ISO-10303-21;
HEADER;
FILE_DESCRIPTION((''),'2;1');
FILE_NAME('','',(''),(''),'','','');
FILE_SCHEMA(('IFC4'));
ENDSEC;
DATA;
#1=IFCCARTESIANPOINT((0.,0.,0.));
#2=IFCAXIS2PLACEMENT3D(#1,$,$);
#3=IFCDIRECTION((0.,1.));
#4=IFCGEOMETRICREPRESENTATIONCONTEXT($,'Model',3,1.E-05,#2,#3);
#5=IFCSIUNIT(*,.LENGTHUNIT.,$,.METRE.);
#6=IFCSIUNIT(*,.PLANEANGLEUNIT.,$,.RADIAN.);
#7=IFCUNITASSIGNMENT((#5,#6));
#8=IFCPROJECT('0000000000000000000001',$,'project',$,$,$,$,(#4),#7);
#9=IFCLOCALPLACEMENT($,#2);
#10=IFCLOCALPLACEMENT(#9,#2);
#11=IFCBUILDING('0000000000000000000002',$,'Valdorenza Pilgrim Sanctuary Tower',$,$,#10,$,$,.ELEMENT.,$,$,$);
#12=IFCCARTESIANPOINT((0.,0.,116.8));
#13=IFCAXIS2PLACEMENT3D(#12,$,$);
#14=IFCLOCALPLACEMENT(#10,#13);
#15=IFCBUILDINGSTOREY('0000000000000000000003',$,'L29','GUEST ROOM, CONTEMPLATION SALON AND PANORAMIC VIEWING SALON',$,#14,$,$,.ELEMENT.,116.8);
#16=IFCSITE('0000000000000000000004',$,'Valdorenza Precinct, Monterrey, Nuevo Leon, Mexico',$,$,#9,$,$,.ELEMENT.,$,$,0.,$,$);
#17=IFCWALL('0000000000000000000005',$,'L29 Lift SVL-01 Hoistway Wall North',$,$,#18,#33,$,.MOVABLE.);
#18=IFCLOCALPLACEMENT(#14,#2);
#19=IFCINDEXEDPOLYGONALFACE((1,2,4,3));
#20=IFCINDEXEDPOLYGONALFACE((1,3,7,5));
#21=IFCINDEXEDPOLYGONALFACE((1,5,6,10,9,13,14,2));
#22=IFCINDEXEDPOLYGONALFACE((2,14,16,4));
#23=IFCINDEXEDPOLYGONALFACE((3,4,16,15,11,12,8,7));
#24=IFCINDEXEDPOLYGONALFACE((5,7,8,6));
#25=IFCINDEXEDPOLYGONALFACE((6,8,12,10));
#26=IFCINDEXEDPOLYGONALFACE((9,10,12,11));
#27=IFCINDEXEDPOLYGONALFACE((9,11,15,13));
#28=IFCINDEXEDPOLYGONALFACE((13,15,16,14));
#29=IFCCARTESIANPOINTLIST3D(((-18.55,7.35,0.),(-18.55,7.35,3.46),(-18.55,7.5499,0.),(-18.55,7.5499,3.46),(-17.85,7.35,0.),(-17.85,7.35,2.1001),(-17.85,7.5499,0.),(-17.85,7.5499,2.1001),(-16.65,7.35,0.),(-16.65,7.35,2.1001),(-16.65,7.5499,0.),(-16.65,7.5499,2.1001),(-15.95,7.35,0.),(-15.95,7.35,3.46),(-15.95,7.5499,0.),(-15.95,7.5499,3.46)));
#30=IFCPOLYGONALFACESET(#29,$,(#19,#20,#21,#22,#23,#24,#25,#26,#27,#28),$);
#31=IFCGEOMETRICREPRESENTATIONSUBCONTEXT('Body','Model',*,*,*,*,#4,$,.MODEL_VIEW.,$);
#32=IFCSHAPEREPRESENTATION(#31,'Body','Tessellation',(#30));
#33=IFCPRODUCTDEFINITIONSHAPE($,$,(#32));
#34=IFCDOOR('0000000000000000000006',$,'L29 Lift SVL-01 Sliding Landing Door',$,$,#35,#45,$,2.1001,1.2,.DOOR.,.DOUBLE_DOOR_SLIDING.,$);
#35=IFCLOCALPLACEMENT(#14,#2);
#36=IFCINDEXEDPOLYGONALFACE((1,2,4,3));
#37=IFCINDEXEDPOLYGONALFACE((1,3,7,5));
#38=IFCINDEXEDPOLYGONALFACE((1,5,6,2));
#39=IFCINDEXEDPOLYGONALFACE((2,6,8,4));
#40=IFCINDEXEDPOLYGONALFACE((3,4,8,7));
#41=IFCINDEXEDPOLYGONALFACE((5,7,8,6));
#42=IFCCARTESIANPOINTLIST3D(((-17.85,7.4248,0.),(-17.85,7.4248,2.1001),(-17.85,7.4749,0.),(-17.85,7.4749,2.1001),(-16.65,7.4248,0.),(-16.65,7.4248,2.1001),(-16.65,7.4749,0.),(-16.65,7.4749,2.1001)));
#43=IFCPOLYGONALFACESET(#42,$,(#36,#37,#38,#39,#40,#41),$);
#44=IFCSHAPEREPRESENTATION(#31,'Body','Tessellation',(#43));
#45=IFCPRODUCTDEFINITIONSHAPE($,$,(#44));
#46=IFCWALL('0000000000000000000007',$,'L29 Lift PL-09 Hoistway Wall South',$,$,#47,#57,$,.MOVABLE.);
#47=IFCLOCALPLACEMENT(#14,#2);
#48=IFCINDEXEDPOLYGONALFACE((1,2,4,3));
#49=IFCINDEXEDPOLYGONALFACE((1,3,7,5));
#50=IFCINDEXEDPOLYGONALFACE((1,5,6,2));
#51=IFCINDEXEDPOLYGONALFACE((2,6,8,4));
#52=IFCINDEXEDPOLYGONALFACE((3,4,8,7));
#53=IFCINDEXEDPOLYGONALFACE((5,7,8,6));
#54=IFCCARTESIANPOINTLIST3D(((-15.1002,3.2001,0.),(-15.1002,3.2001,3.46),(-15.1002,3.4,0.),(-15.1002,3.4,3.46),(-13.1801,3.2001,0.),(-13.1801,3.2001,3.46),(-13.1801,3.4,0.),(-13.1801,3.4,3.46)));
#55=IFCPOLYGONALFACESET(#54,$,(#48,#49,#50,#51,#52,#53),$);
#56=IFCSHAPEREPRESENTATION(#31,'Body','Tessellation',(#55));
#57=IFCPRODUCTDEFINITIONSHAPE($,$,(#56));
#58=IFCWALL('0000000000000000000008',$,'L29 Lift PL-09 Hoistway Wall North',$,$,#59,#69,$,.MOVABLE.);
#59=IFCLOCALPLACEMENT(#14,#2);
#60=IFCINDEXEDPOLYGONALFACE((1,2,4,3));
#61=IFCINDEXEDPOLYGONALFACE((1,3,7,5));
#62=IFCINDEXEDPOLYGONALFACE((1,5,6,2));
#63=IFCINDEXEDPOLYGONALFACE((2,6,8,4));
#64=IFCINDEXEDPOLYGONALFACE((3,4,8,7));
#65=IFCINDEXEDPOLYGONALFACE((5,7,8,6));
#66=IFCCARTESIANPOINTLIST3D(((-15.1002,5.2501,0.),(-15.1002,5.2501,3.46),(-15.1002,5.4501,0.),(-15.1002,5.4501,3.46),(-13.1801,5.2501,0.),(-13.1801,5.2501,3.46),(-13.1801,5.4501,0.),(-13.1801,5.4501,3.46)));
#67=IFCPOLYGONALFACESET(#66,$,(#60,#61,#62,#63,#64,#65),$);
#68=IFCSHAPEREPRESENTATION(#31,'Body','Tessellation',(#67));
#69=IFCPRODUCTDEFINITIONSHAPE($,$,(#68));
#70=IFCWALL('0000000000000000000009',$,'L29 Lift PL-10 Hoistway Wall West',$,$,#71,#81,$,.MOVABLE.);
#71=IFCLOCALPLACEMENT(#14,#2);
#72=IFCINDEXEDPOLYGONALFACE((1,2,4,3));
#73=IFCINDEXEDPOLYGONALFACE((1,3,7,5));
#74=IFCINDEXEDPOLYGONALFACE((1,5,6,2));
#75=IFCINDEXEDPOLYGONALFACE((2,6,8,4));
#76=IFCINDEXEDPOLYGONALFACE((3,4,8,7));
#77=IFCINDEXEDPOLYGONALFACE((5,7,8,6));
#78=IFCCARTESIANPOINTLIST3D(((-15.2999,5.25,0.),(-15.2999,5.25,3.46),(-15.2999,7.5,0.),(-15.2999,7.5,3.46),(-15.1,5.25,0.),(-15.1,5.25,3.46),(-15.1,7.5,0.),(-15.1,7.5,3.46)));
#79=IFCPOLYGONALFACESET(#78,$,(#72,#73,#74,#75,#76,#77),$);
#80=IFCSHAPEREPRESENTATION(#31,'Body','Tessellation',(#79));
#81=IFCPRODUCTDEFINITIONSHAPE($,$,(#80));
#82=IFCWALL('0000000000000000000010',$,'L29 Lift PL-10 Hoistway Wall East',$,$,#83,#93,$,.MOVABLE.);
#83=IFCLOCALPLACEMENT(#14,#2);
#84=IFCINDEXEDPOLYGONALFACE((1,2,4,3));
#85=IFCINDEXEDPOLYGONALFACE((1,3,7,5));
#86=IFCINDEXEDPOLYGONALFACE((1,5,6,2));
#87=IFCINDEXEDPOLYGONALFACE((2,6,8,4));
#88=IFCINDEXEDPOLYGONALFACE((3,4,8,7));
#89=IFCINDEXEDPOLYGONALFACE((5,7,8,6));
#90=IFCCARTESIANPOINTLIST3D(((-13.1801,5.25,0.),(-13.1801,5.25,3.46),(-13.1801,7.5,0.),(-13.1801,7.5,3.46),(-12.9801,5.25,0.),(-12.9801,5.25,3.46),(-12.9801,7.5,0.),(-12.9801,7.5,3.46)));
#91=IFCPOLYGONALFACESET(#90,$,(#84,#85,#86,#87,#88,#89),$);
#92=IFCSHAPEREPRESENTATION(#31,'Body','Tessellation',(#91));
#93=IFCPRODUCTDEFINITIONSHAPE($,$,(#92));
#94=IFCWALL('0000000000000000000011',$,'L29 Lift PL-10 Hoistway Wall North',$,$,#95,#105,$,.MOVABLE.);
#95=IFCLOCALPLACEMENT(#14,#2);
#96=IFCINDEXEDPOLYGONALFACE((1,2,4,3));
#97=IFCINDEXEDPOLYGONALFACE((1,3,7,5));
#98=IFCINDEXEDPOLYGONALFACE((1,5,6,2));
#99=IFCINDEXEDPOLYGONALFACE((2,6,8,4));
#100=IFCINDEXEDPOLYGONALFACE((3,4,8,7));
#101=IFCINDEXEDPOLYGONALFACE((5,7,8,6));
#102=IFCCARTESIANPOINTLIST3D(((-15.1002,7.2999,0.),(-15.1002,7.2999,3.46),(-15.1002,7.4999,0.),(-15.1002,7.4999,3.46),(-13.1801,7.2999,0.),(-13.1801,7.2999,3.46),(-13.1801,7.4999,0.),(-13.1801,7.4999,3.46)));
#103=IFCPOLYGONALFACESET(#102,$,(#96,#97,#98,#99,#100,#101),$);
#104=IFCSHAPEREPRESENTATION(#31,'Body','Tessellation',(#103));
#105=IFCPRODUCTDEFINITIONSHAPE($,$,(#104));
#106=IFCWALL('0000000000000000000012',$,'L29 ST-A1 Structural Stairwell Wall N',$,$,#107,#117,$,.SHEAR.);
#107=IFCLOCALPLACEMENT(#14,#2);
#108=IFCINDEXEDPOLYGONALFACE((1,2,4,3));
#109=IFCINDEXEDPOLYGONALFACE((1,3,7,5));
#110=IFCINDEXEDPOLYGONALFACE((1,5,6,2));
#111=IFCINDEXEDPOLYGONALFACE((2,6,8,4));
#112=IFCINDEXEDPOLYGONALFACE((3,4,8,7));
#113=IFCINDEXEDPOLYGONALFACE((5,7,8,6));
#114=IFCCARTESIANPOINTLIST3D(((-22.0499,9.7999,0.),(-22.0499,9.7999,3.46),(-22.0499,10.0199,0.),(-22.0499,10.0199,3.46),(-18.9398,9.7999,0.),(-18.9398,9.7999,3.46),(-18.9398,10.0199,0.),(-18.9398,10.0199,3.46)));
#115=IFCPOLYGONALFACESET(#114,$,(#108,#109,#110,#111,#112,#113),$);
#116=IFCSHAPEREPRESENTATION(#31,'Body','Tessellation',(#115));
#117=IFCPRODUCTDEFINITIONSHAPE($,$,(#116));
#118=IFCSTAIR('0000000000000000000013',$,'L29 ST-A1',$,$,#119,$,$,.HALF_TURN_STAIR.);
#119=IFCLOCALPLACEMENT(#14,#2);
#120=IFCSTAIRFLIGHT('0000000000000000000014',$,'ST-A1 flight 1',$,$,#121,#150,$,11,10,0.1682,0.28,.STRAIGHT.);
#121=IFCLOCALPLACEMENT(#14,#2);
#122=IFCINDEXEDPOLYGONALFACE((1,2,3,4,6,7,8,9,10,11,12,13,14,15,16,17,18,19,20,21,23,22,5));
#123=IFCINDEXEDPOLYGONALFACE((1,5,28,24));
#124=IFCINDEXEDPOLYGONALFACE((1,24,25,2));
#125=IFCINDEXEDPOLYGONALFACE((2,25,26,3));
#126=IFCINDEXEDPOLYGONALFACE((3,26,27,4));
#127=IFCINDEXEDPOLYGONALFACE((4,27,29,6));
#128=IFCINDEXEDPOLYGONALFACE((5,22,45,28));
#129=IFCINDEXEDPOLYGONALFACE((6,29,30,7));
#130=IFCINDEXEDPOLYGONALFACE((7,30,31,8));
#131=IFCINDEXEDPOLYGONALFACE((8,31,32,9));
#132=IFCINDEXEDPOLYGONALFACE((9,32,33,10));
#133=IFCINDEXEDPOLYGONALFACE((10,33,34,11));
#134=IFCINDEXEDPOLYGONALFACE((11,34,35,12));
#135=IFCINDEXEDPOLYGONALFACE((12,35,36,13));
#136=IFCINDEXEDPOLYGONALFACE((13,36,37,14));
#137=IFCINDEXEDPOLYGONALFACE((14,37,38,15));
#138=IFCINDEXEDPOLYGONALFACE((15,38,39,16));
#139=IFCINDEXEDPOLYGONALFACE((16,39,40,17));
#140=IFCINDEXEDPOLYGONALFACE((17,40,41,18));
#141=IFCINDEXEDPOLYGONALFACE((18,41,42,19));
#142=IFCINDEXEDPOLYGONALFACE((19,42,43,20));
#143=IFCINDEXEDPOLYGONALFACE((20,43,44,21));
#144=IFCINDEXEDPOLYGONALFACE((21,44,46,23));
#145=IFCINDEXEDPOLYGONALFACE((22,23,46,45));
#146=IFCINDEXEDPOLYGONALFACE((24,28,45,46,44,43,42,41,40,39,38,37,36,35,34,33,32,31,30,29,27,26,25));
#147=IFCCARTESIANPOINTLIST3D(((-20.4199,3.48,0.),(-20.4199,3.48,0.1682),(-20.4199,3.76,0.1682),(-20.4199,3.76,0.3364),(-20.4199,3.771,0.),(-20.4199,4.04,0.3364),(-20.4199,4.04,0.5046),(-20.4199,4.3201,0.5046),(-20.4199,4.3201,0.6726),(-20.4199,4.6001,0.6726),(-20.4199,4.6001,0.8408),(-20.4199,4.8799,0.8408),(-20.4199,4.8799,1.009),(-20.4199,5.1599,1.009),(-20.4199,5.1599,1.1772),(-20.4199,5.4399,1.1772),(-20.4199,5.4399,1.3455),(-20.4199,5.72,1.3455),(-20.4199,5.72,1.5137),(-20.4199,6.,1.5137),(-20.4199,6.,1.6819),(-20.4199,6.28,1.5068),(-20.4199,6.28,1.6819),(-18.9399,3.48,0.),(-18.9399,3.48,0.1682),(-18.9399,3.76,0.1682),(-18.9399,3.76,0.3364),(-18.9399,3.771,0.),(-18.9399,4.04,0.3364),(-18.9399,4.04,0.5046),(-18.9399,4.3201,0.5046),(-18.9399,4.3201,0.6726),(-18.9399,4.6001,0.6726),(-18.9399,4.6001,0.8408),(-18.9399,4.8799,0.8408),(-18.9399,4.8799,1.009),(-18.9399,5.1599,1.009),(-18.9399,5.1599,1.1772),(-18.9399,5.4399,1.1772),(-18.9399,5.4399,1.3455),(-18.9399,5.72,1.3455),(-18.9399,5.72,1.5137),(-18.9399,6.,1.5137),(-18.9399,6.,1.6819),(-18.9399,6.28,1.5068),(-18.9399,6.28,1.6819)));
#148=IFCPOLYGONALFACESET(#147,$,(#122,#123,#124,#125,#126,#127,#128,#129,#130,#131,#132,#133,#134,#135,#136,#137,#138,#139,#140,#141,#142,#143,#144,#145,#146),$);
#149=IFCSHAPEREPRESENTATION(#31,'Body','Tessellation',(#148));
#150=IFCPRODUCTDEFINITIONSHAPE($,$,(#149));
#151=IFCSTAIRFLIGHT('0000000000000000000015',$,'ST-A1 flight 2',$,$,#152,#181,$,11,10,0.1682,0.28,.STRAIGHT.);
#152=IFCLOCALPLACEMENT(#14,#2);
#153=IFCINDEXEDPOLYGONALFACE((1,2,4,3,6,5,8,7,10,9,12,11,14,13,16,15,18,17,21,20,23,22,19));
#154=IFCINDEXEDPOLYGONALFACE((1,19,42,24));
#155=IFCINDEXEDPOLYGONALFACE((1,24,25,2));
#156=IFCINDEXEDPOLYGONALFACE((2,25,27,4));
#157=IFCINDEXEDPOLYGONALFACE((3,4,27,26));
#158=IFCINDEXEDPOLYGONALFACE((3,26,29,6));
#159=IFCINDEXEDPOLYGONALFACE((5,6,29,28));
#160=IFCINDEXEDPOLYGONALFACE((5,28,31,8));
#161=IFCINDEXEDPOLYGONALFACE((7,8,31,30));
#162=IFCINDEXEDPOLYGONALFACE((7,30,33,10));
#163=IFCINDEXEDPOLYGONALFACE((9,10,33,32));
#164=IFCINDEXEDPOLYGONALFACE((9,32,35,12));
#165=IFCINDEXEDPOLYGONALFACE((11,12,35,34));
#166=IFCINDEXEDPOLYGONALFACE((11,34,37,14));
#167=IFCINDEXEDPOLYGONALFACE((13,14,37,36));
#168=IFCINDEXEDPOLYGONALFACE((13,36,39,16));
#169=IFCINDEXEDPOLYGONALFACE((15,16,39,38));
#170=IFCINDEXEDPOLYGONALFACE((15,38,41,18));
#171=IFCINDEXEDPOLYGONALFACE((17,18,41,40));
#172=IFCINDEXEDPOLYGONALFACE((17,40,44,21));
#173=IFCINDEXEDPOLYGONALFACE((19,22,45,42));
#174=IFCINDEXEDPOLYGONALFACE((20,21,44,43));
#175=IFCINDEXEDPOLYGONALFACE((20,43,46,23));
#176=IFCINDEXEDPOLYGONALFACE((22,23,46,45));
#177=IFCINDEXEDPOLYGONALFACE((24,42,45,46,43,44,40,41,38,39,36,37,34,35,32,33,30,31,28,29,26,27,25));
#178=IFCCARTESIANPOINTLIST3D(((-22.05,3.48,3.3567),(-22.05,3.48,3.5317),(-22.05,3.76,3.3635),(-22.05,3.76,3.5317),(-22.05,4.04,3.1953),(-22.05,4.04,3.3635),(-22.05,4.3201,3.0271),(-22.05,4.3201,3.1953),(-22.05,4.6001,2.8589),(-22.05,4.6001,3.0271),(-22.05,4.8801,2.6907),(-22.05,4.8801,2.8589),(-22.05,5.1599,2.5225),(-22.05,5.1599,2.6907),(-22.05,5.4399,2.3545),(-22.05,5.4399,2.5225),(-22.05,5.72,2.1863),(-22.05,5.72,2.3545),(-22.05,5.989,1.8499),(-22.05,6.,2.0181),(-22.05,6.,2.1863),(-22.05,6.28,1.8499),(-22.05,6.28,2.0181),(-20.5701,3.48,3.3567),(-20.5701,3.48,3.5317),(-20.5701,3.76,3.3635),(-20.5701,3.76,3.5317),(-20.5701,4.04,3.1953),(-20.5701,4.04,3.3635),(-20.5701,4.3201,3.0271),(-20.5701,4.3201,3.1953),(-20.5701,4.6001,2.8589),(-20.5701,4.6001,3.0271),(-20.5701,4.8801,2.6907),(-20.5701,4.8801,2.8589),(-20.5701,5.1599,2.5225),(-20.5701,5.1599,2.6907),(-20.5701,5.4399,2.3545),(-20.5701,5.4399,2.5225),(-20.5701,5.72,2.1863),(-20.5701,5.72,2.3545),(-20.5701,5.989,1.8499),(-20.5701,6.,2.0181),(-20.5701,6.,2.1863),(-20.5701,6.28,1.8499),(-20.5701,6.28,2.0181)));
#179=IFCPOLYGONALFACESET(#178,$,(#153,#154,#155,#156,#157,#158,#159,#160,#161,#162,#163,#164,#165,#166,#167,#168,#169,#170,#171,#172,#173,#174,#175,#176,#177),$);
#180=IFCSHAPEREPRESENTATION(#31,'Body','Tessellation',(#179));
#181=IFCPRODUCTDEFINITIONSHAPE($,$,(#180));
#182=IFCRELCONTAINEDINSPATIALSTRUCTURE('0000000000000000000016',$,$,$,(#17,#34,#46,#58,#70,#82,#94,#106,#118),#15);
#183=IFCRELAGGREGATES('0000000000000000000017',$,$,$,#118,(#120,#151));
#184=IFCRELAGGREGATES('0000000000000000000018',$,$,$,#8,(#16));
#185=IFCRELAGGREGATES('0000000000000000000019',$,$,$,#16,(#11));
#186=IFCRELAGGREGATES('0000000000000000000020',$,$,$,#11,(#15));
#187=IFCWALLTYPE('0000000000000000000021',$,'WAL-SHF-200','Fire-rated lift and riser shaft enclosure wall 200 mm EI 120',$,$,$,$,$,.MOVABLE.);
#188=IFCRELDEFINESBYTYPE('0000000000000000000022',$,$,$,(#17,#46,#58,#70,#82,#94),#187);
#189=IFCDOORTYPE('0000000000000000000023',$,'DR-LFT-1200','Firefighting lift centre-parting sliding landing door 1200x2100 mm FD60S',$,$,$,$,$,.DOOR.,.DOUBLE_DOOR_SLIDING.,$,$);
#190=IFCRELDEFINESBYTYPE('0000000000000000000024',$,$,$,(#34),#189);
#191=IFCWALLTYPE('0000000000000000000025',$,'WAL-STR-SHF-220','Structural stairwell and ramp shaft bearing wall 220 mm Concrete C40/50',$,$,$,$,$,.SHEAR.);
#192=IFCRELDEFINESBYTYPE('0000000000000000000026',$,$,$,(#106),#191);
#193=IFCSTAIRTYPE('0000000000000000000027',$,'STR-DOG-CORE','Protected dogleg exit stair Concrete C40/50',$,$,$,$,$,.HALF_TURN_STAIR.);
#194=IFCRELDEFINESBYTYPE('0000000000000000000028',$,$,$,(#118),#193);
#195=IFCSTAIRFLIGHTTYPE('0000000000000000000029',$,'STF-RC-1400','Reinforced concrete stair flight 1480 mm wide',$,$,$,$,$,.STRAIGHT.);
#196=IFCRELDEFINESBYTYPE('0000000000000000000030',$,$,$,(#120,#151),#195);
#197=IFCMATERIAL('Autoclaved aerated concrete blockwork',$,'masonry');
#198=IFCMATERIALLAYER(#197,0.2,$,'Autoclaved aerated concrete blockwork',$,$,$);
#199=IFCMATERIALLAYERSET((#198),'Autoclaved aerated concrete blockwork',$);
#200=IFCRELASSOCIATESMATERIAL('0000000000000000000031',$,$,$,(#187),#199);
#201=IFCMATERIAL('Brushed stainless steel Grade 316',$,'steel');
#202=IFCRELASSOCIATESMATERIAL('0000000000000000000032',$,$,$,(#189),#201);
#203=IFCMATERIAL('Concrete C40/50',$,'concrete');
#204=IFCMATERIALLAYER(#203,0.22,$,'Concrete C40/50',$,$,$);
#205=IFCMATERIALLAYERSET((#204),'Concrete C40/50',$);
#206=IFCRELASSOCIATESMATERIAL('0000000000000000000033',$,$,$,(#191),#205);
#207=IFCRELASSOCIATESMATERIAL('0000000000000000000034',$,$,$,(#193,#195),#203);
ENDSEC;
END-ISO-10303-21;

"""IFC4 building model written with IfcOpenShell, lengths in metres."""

from ifc_helpers import new_model, si_unit, direction, frame, frame_2d, origin, place, context, subcontext, project, spatial, polyline, rectangle, outline, extrude, material, layer, layer_set, type_object, element, fill, aggregate, save


model = new_model("IFC4")

# Units and contexts
model_context = context("Model", 3, precision=1e-05, world=origin(), true_north=direction((0.0, 1.0)))
body_context = subcontext(model_context, "Body", "Model", "MODEL_VIEW")
ifc_project = project(units=[si_unit("LENGTHUNIT", "METRE"), si_unit("PLANEANGLEUNIT", "RADIAN")], contexts=[model_context])

# Site, building, storey
site_placement = place(None, origin())
site = spatial("IfcSite", under=ifc_project, at=site_placement, Name="Valdorenza Precinct, Monterrey, Nuevo Leon, Mexico", CompositionType="ELEMENT", RefElevation=0.0)
building_placement = place(site_placement, origin())
building = spatial("IfcBuilding", under=site, at=building_placement, Name="Valdorenza Pilgrim Sanctuary Tower", CompositionType="ELEMENT")
storey_placement = place(building_placement, frame((0.0, 0.0, 116.8)))
storey = spatial("IfcBuildingStorey", under=building, at=storey_placement, Name="L29", Description="GUEST ROOM, CONTEMPLATION SALON AND PANORAMIC VIEWING SALON", CompositionType="ELEMENT", Elevation=116.8)

# Shared definitions
ifc_material_1 = material(Name="Autoclaved aerated concrete blockwork", Category="masonry")
ifc_layer_1 = layer(ifc_material_1, 0.2, Name="Autoclaved aerated concrete blockwork")
ifc_layer_set_1 = layer_set([ifc_layer_1], Name="Autoclaved aerated concrete blockwork")
wall_type_1 = type_object("IfcWallType", Name="WAL-SHF-200", Description="Fire-rated lift and riser shaft enclosure wall 200 mm EI 120", PredefinedType="MOVABLE", material=ifc_layer_set_1)

# Wall, opening, door
wall_1_placement = place(storey_placement, frame((-18.55, 7.45, 0.0), z_axis=(0.0, 0.0, 1.0), x_axis=(1.0, 0.0, 0.0)))
wall_1 = element("IfcWall", 1, at=wall_1_placement, inside=storey, type_object=wall_type_1, Name="L29 Lift SVL-01 Hoistway Wall North", PredefinedType="MOVABLE", context=body_context, shape_type="SweptSolid", body=[
    extrude(rectangle(XDim=2.6001, YDim=0.2, at=frame_2d((1.3, 0.0))), origin(), (0.0, 0.0, 1.0), 3.46),
])
opening_1_placement = place(wall_1_placement, frame((0.7, 0.0, 0.0)))
opening_1 = element("IfcOpeningElement", 2, at=opening_1_placement, cuts=wall_1, PredefinedType="OPENING", context=body_context, shape_type="SweptSolid", body=[
    extrude(rectangle(XDim=1.2, YDim=2.1001, at=frame_2d((0.6001, 1.05))), frame((0.0, 0.1147, 0.0), z_axis=(0.0, -1.0, 0.0), x_axis=(1.0, 0.0, 0.0)), (0.0, 0.0, 1.0), 0.2297),
])
ifc_material_2 = material(Name="Brushed stainless steel Grade 316", Category="steel")
door_type_1 = type_object("IfcDoorType", Name="DR-LFT-1200", Description="Firefighting lift centre-parting sliding landing door 1200x2100 mm FD60S", OperationType="DOUBLE_DOOR_SLIDING", PredefinedType="DOOR", material=ifc_material_2)
door_1_placement = place(opening_1_placement, origin())
door_1 = element("IfcDoor", 3, at=door_1_placement, inside=storey, type_object=door_type_1, Name="L29 Lift SVL-01 Sliding Landing Door", OperationType="DOUBLE_DOOR_SLIDING", OverallHeight=2.1001, OverallWidth=1.2, PredefinedType="DOOR", context=body_context, shape_type="SweptSolid", body=[
    extrude(rectangle(XDim=1.2, YDim=2.1001, at=frame_2d((0.6001, 1.05))), frame((0.0, 0.0249, 0.0), z_axis=(0.0, -1.0, 0.0), x_axis=(1.0, 0.0, 0.0)), (0.0, 0.0, 1.0), 0.05),
])
fill(opening_1, door_1)

# Walls
for number, where, z_axis, x_axis, name in (
    (4, (-15.1001, 3.3, 0.0), (0.0, 0.0, 1.0), (1.0, 0.0, 0.0), "L29 Lift PL-09 Hoistway Wall South"),
    (5, (-15.1001, 5.3501, 0.0), (0.0, 0.0, 1.0), (1.0, 0.0, 0.0), "L29 Lift PL-09 Hoistway Wall North"),
):
    element("IfcWall", number, at=place(storey_placement, frame(where, z_axis=z_axis, x_axis=x_axis)), inside=storey, type_object=wall_type_1, Name=name, PredefinedType="MOVABLE", context=body_context, shape_type="SweptSolid", body=[
        extrude(rectangle(XDim=1.9202, YDim=0.2, at=frame_2d((0.96, 0.0))), origin(), (0.0, 0.0, 1.0), 3.46),
    ])
for number, where, z_axis, x_axis, name in (
    (6, (-15.2, 5.25, 0.0), (0.0, 0.0, 1.0), (0.0, 1.0, 0.0), "L29 Lift PL-10 Hoistway Wall West"),
    (7, (-13.0801, 5.25, 0.0), (0.0, 0.0, 1.0), (0.0, 1.0, 0.0), "L29 Lift PL-10 Hoistway Wall East"),
):
    element("IfcWall", number, at=place(storey_placement, frame(where, z_axis=z_axis, x_axis=x_axis)), inside=storey, type_object=wall_type_1, Name=name, PredefinedType="MOVABLE", context=body_context, shape_type="SweptSolid", body=[
        extrude(rectangle(XDim=2.25, YDim=0.2, at=frame_2d((1.125, 0.0))), origin(), (0.0, 0.0, 1.0), 3.46),
    ])
wall_2_placement = place(storey_placement, frame((-15.1001, 7.3999, 0.0), z_axis=(0.0, 0.0, 1.0), x_axis=(1.0, 0.0, 0.0)))
element("IfcWall", 8, at=wall_2_placement, inside=storey, type_object=wall_type_1, Name="L29 Lift PL-10 Hoistway Wall North", PredefinedType="MOVABLE", context=body_context, shape_type="SweptSolid", body=[
    extrude(rectangle(XDim=1.9202, YDim=0.2, at=frame_2d((0.96, 0.0))), origin(), (0.0, 0.0, 1.0), 3.46),
])
ifc_material_3 = material(Name="Concrete C40/50", Category="concrete")
ifc_layer_2 = layer(ifc_material_3, 0.22, Name="Concrete C40/50")
ifc_layer_set_2 = layer_set([ifc_layer_2], Name="Concrete C40/50")
wall_type_2 = type_object("IfcWallType", Name="WAL-STR-SHF-220", Description="Structural stairwell and ramp shaft bearing wall 220 mm Concrete C40/50", PredefinedType="SHEAR", material=ifc_layer_set_2)
wall_3_placement = place(storey_placement, frame((-22.05, 9.9099, 0.0), z_axis=(0.0, 0.0, 1.0), x_axis=(1.0, 0.0, 0.0)))
element("IfcWall", 9, at=wall_3_placement, inside=storey, type_object=wall_type_2, Name="L29 ST-A1 Structural Stairwell Wall N", PredefinedType="SHEAR", context=body_context, shape_type="SweptSolid", body=[
    extrude(rectangle(XDim=3.1101, YDim=0.22, at=frame_2d((1.5552, 0.0))), origin(), (0.0, 0.0, 1.0), 3.46),
])

# Stair, stair flights
stair_type = type_object("IfcStairType", Name="STR-DOG-CORE", Description="Protected dogleg exit stair Concrete C40/50", PredefinedType="HALF_TURN_STAIR", material=ifc_material_3)
stair_placement = place(storey_placement, origin())
stair = element("IfcStair", 10, at=stair_placement, inside=storey, type_object=stair_type, Name="L29 ST-A1", PredefinedType="HALF_TURN_STAIR")
stair_flight_type = type_object("IfcStairFlightType", Name="STF-RC-1400", Description="Reinforced concrete stair flight 1480 mm wide", PredefinedType="STRAIGHT", material=ifc_material_3)
stair_flight_1_placement = place(storey_placement, frame((-19.6799, 3.48, 0.0), z_axis=(0.0, 0.0, 1.0), x_axis=(0.0, 1.0, 0.0)))
stair_flight_1 = element("IfcStairFlight", 11, at=stair_flight_1_placement, type_object=stair_flight_type, Name="ST-A1 flight 1", NumberOfRisers=11, NumberOfTreads=10, PredefinedType="STRAIGHT", RiserHeight=0.1682, TreadLength=0.28, context=body_context, shape_type="SweptSolid", body=[
    extrude(outline(polyline([(0.0, 0.0), (0.0, 0.1682), (0.28, 0.1682), (0.28, 0.3364), (0.5601, 0.3364), (0.5601, 0.5046), (0.8401, 0.5046), (0.8401, 0.6726), (1.1201, 0.6726), (1.1201, 0.8408), (1.3999, 0.8408), (1.3999, 1.009), (1.6799, 1.009), (1.6799, 1.1772), (1.96, 1.1772), (1.96, 1.3455), (2.24, 1.3455), (2.24, 1.5137), (2.52, 1.5137), (2.52, 1.6819), (2.8, 1.6819), (2.8, 1.8501), (2.8, 1.5068), (0.291, 0.0), (0.0, 0.0)])), frame((0.0, 0.74, 0.0), z_axis=(0.0, -1.0, 0.0), x_axis=(1.0, 0.0, 0.0)), (0.0, 0.0, 1.0), 1.48),
])
stair_flight_2_placement = place(storey_placement, frame((-21.3101, 6.28, 1.8499), z_axis=(0.0, 0.0, 1.0), x_axis=(0.0, -1.0, 0.0)))
stair_flight_2 = element("IfcStairFlight", 12, at=stair_flight_2_placement, type_object=stair_flight_type, Name="ST-A1 flight 2", NumberOfRisers=11, NumberOfTreads=10, PredefinedType="STRAIGHT", RiserHeight=0.1682, TreadLength=0.28, context=body_context, shape_type="SweptSolid", body=[
    extrude(outline(polyline([(0.0, 0.0), (0.0, 0.1682), (0.28, 0.1682), (0.28, 0.3364), (0.5601, 0.3364), (0.5601, 0.5046), (0.8401, 0.5046), (0.8401, 0.6726), (1.1201, 0.6726), (1.1201, 0.8408), (1.3999, 0.8408), (1.3999, 1.009), (1.6799, 1.009), (1.6799, 1.1772), (1.96, 1.1772), (1.96, 1.3455), (2.24, 1.3455), (2.24, 1.5137), (2.52, 1.5137), (2.52, 1.6819), (2.8, 1.6819), (2.8, 1.8501), (2.8, 1.5068), (0.291, 0.0), (0.0, 0.0)])), frame((0.0, 0.74, 0.0), z_axis=(0.0, -1.0, 0.0), x_axis=(1.0, 0.0, 0.0)), (0.0, 0.0, 1.0), 1.48),
])
aggregate(stair, [stair_flight_1, stair_flight_2])

save(model, "model.ifc")
